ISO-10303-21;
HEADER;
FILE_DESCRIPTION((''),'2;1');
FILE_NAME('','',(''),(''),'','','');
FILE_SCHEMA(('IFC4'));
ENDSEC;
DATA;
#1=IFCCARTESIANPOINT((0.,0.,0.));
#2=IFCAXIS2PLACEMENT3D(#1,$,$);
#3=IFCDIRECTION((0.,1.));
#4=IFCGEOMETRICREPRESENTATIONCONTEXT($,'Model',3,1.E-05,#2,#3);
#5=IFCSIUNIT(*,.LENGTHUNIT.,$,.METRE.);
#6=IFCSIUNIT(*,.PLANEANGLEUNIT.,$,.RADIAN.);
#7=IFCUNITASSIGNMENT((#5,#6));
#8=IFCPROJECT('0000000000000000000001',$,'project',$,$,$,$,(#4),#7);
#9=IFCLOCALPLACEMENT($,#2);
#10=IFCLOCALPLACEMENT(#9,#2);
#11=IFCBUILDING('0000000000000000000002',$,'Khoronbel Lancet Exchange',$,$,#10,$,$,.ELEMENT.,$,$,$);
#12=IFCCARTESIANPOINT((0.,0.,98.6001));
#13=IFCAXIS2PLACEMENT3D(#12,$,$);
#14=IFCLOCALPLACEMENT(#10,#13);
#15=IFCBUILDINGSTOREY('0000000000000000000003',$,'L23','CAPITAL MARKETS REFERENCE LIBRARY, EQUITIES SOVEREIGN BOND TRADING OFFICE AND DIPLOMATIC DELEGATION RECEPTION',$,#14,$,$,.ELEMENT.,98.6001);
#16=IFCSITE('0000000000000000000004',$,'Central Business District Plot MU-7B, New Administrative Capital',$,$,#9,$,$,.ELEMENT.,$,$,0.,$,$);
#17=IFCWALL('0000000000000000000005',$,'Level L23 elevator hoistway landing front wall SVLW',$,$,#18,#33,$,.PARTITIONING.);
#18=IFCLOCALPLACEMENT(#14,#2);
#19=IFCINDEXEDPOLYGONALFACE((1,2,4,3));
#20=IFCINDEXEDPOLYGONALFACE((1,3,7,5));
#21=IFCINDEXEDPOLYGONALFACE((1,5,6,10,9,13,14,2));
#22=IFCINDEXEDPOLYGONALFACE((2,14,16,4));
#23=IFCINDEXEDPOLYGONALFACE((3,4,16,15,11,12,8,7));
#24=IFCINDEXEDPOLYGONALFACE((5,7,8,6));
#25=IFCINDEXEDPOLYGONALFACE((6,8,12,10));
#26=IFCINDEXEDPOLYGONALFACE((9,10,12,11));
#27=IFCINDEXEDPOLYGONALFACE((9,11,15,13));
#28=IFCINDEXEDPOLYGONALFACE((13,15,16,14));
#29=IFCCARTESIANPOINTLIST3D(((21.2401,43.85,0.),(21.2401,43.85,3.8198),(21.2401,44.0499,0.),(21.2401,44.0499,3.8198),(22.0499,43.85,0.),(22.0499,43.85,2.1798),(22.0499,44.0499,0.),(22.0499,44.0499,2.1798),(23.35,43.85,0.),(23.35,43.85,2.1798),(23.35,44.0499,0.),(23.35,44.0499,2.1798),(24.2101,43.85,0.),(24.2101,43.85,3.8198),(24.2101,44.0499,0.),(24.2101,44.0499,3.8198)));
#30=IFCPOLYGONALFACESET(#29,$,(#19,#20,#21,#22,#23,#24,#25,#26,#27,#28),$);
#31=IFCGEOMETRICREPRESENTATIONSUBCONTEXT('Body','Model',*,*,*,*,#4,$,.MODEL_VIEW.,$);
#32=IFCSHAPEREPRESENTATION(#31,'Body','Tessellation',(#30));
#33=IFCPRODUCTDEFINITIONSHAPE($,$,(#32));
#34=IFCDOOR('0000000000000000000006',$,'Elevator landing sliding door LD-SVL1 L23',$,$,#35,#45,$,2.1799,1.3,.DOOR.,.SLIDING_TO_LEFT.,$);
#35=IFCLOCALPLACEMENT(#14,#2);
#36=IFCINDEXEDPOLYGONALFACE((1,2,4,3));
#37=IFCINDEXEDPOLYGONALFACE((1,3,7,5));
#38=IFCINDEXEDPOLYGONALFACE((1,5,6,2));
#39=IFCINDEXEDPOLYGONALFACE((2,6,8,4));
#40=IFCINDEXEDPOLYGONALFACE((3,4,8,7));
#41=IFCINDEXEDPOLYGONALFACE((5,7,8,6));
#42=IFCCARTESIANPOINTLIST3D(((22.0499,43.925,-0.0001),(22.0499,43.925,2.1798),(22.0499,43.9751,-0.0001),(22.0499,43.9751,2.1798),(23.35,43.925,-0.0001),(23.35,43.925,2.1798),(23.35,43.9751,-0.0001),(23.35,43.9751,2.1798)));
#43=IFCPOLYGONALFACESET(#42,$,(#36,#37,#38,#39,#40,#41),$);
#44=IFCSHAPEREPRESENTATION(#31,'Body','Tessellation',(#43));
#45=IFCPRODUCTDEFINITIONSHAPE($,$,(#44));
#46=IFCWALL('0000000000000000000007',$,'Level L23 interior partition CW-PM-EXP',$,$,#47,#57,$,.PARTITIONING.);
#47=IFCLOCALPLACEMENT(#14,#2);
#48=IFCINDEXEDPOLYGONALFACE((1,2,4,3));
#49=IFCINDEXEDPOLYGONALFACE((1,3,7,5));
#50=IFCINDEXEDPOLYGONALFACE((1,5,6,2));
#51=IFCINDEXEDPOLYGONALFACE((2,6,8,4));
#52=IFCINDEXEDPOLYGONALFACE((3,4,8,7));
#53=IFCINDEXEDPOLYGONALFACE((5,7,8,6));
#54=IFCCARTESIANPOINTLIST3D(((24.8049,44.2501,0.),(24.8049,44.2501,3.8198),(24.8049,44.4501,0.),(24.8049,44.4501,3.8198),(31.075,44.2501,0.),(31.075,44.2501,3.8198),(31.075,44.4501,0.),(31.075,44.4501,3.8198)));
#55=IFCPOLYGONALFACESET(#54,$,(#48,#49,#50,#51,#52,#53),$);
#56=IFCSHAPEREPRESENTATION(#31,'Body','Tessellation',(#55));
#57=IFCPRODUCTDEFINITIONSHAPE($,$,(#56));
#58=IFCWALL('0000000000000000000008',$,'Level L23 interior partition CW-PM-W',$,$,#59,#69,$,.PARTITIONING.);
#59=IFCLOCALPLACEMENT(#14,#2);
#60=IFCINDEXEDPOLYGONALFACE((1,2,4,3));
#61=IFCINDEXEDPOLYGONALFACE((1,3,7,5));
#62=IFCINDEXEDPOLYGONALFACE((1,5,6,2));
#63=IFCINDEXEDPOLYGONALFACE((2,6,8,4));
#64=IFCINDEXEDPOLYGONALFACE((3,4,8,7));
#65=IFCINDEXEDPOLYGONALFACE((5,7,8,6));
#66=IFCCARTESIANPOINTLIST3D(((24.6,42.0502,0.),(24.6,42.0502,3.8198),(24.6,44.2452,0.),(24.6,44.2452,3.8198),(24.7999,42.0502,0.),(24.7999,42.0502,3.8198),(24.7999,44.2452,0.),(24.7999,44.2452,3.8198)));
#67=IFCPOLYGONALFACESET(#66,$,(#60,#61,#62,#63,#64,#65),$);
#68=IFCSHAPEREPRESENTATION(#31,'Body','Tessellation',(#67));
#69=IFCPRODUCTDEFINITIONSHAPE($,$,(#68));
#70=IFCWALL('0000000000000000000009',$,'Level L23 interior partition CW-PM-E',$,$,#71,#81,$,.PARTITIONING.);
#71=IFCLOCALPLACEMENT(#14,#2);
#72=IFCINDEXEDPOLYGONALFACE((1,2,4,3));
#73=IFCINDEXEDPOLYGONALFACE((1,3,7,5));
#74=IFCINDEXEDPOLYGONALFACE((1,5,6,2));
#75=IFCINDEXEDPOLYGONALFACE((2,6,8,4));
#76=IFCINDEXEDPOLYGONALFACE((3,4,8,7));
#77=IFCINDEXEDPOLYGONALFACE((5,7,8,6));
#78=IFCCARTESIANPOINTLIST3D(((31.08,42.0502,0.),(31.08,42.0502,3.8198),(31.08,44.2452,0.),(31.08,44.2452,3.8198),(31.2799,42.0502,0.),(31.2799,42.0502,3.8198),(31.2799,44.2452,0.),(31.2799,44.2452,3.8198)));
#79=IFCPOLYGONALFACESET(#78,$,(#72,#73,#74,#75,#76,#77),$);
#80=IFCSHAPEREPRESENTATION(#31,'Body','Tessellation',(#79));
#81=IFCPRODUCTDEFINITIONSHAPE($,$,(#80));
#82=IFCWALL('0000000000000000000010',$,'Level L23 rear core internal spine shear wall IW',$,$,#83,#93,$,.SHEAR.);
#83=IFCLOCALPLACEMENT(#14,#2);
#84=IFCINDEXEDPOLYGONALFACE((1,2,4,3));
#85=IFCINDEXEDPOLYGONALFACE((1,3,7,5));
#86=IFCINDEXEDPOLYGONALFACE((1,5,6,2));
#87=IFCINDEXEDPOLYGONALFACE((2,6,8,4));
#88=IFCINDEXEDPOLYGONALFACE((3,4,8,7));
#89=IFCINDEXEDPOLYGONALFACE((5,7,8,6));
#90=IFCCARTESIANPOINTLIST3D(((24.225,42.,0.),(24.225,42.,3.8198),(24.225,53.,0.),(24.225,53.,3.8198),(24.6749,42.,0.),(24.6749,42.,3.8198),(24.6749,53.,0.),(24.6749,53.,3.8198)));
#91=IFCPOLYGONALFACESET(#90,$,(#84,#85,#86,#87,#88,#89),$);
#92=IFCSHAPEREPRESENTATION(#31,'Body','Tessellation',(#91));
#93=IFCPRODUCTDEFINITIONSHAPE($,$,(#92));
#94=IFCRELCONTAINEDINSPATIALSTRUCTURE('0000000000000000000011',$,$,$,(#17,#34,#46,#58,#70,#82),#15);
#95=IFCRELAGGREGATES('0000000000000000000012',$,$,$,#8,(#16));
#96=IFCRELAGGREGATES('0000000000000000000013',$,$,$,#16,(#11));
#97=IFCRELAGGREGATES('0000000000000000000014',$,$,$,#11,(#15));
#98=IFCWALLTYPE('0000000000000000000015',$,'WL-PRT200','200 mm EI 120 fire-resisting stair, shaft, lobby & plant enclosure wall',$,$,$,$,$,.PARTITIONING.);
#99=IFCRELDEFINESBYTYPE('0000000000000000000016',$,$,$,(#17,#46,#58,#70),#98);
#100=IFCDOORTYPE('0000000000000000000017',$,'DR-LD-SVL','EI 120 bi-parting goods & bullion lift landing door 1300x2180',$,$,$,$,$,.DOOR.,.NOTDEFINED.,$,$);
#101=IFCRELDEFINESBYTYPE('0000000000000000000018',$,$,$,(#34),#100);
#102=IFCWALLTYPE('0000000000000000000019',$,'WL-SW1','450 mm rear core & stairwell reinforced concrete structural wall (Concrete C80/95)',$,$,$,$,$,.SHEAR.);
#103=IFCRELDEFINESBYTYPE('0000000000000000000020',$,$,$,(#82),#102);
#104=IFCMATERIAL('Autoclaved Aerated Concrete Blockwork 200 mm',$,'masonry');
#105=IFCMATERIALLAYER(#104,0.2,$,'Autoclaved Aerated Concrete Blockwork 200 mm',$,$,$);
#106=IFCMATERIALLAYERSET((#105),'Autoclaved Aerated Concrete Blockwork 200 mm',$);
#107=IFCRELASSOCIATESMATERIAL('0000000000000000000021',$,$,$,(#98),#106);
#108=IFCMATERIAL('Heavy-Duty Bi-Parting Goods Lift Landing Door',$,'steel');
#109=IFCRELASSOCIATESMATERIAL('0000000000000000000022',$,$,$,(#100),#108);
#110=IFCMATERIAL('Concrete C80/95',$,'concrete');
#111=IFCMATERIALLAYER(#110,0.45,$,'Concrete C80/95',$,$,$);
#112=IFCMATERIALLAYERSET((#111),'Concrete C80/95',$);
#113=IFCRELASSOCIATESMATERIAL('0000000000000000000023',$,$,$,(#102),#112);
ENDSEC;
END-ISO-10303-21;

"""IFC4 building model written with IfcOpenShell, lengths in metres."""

from ifc_helpers import new_model, si_unit, direction, frame, frame_2d, origin, place, context, subcontext, project, spatial, rectangle, extrude, material, layer, layer_set, type_object, element, fill, save


model = new_model("IFC4")

# Units and contexts
model_context = context("Model", 3, precision=1e-05, world=origin(), true_north=direction((0.0, 1.0)))
body_context = subcontext(model_context, "Body", "Model", "MODEL_VIEW")
ifc_project = project(units=[si_unit("LENGTHUNIT", "METRE"), si_unit("PLANEANGLEUNIT", "RADIAN")], contexts=[model_context])

# Site, building, storey
site_placement = place(None, origin())
site = spatial("IfcSite", under=ifc_project, at=site_placement, Name="Central Business District Plot MU-7B, New Administrative Capital", CompositionType="ELEMENT", RefElevation=0.0)
building_placement = place(site_placement, origin())
building = spatial("IfcBuilding", under=site, at=building_placement, Name="Khoronbel Lancet Exchange", CompositionType="ELEMENT")
storey_placement = place(building_placement, frame((0.0, 0.0, 98.6001)))
storey = spatial("IfcBuildingStorey", under=building, at=storey_placement, Name="L23", Description="CAPITAL MARKETS REFERENCE LIBRARY, EQUITIES SOVEREIGN BOND TRADING OFFICE AND DIPLOMATIC DELEGATION RECEPTION", CompositionType="ELEMENT", Elevation=98.6001)

# Shared definitions
ifc_material_1 = material(Name="Concrete C80/95", Category="concrete")

# Wall, opening, door
ifc_material_2 = material(Name="Autoclaved Aerated Concrete Blockwork 200 mm", Category="masonry")
ifc_layer_1 = layer(ifc_material_2, 0.2, Name="Autoclaved Aerated Concrete Blockwork 200 mm")
ifc_layer_set_1 = layer_set([ifc_layer_1], Name="Autoclaved Aerated Concrete Blockwork 200 mm")
wall_type_1 = type_object("IfcWallType", Name="WL-PRT200", Description="200 mm EI 120 fire-resisting stair, shaft, lobby & plant enclosure wall", PredefinedType="PARTITIONING", material=ifc_layer_set_1)
wall_1_placement = place(storey_placement, frame((24.21, 43.95, 0.0), z_axis=(0.0, 0.0, 1.0), x_axis=(-1.0, 0.0, 0.0)))
wall_1 = element("IfcWall", 1, at=wall_1_placement, inside=storey, type_object=wall_type_1, Name="Level L23 elevator hoistway landing front wall SVLW", PredefinedType="PARTITIONING", context=body_context, shape_type="SweptSolid", body=[
    extrude(rectangle(XDim=2.97, YDim=0.2, at=frame_2d((1.4849, 0.0))), origin(), (0.0, 0.0, 1.0), 3.8198),
])
opening_1_placement = place(wall_1_placement, frame((0.8601, 0.0, 0.0)))
opening_1 = element("IfcOpeningElement", 2, at=opening_1_placement, cuts=wall_1, PredefinedType="OPENING", context=body_context, shape_type="SweptSolid", body=[
    extrude(rectangle(XDim=1.3, YDim=2.1799, at=frame_2d((0.6499, 1.0898))), frame((0.0, 0.1099, 0.0), z_axis=(0.0, -1.0, 0.0), x_axis=(1.0, 0.0, 0.0)), (0.0, 0.0, 1.0), 0.22),
])
ifc_material_3 = material(Name="Heavy-Duty Bi-Parting Goods Lift Landing Door", Category="steel")
door_type_1 = type_object("IfcDoorType", Name="DR-LD-SVL", Description="EI 120 bi-parting goods & bullion lift landing door 1300x2180", OperationType="NOTDEFINED", PredefinedType="DOOR", material=ifc_material_3)
door_1_placement = place(opening_1_placement, origin())
door_1 = element("IfcDoor", 3, at=door_1_placement, inside=storey, type_object=door_type_1, Name="Elevator landing sliding door LD-SVL1 L23", OperationType="SLIDING_TO_LEFT", OverallHeight=2.1799, OverallWidth=1.3, PredefinedType="DOOR", context=body_context, shape_type="SweptSolid", body=[
    extrude(rectangle(XDim=1.3, YDim=2.1799, at=frame_2d((0.6499, 1.0898))), frame((0.0, 0.0249, 0.0), z_axis=(0.0, -1.0, 0.0), x_axis=(1.0, 0.0, 0.0)), (0.0, 0.0, 1.0), 0.05),
])
fill(opening_1, door_1)

# Walls
wall_2_placement = place(storey_placement, frame((24.8049, 44.3501, 0.0), z_axis=(0.0, 0.0, 1.0), x_axis=(1.0, 0.0, 0.0)))
element("IfcWall", 4, at=wall_2_placement, inside=storey, type_object=wall_type_1, Name="Level L23 interior partition CW-PM-EXP", PredefinedType="PARTITIONING", context=body_context, shape_type="SweptSolid", body=[
    extrude(rectangle(XDim=6.27, YDim=0.2, at=frame_2d((3.135, 0.0))), origin(), (0.0, 0.0, 1.0), 3.8198),
])
for number, where, z_axis, x_axis, name in (
    (5, (24.7, 42.05, 0.0), (0.0, 0.0, 1.0), (0.0, 1.0, 0.0), "Level L23 interior partition CW-PM-W"),
    (6, (31.1799, 42.05, 0.0), (0.0, 0.0, 1.0), (0.0, 1.0, 0.0), "Level L23 interior partition CW-PM-E"),
):
    element("IfcWall", number, at=place(storey_placement, frame(where, z_axis=z_axis, x_axis=x_axis)), inside=storey, type_object=wall_type_1, Name=name, PredefinedType="PARTITIONING", context=body_context, shape_type="SweptSolid", body=[
        extrude(rectangle(XDim=2.1951, YDim=0.2, at=frame_2d((1.0977, 0.0))), origin(), (0.0, 0.0, 1.0), 3.8198),
    ])
ifc_layer_2 = layer(ifc_material_1, 0.45, Name="Concrete C80/95")
ifc_layer_set_2 = layer_set([ifc_layer_2], Name="Concrete C80/95")
wall_type_2 = type_object("IfcWallType", Name="WL-SW1", Description="450 mm rear core & stairwell reinforced concrete structural wall (Concrete C80/95)", PredefinedType="SHEAR", material=ifc_layer_set_2)
wall_3_placement = place(storey_placement, frame((24.45, 42.0, 0.0), z_axis=(0.0, 0.0, 1.0), x_axis=(0.0, 1.0, 0.0)))
element("IfcWall", 7, at=wall_3_placement, inside=storey, type_object=wall_type_2, Name="Level L23 rear core internal spine shear wall IW", PredefinedType="SHEAR", context=body_context, shape_type="SweptSolid", body=[
    extrude(rectangle(XDim=11.0, YDim=0.45, at=frame_2d((5.5, 0.0))), origin(), (0.0, 0.0, 1.0), 3.8198),
])

save(model, "model.ifc")
